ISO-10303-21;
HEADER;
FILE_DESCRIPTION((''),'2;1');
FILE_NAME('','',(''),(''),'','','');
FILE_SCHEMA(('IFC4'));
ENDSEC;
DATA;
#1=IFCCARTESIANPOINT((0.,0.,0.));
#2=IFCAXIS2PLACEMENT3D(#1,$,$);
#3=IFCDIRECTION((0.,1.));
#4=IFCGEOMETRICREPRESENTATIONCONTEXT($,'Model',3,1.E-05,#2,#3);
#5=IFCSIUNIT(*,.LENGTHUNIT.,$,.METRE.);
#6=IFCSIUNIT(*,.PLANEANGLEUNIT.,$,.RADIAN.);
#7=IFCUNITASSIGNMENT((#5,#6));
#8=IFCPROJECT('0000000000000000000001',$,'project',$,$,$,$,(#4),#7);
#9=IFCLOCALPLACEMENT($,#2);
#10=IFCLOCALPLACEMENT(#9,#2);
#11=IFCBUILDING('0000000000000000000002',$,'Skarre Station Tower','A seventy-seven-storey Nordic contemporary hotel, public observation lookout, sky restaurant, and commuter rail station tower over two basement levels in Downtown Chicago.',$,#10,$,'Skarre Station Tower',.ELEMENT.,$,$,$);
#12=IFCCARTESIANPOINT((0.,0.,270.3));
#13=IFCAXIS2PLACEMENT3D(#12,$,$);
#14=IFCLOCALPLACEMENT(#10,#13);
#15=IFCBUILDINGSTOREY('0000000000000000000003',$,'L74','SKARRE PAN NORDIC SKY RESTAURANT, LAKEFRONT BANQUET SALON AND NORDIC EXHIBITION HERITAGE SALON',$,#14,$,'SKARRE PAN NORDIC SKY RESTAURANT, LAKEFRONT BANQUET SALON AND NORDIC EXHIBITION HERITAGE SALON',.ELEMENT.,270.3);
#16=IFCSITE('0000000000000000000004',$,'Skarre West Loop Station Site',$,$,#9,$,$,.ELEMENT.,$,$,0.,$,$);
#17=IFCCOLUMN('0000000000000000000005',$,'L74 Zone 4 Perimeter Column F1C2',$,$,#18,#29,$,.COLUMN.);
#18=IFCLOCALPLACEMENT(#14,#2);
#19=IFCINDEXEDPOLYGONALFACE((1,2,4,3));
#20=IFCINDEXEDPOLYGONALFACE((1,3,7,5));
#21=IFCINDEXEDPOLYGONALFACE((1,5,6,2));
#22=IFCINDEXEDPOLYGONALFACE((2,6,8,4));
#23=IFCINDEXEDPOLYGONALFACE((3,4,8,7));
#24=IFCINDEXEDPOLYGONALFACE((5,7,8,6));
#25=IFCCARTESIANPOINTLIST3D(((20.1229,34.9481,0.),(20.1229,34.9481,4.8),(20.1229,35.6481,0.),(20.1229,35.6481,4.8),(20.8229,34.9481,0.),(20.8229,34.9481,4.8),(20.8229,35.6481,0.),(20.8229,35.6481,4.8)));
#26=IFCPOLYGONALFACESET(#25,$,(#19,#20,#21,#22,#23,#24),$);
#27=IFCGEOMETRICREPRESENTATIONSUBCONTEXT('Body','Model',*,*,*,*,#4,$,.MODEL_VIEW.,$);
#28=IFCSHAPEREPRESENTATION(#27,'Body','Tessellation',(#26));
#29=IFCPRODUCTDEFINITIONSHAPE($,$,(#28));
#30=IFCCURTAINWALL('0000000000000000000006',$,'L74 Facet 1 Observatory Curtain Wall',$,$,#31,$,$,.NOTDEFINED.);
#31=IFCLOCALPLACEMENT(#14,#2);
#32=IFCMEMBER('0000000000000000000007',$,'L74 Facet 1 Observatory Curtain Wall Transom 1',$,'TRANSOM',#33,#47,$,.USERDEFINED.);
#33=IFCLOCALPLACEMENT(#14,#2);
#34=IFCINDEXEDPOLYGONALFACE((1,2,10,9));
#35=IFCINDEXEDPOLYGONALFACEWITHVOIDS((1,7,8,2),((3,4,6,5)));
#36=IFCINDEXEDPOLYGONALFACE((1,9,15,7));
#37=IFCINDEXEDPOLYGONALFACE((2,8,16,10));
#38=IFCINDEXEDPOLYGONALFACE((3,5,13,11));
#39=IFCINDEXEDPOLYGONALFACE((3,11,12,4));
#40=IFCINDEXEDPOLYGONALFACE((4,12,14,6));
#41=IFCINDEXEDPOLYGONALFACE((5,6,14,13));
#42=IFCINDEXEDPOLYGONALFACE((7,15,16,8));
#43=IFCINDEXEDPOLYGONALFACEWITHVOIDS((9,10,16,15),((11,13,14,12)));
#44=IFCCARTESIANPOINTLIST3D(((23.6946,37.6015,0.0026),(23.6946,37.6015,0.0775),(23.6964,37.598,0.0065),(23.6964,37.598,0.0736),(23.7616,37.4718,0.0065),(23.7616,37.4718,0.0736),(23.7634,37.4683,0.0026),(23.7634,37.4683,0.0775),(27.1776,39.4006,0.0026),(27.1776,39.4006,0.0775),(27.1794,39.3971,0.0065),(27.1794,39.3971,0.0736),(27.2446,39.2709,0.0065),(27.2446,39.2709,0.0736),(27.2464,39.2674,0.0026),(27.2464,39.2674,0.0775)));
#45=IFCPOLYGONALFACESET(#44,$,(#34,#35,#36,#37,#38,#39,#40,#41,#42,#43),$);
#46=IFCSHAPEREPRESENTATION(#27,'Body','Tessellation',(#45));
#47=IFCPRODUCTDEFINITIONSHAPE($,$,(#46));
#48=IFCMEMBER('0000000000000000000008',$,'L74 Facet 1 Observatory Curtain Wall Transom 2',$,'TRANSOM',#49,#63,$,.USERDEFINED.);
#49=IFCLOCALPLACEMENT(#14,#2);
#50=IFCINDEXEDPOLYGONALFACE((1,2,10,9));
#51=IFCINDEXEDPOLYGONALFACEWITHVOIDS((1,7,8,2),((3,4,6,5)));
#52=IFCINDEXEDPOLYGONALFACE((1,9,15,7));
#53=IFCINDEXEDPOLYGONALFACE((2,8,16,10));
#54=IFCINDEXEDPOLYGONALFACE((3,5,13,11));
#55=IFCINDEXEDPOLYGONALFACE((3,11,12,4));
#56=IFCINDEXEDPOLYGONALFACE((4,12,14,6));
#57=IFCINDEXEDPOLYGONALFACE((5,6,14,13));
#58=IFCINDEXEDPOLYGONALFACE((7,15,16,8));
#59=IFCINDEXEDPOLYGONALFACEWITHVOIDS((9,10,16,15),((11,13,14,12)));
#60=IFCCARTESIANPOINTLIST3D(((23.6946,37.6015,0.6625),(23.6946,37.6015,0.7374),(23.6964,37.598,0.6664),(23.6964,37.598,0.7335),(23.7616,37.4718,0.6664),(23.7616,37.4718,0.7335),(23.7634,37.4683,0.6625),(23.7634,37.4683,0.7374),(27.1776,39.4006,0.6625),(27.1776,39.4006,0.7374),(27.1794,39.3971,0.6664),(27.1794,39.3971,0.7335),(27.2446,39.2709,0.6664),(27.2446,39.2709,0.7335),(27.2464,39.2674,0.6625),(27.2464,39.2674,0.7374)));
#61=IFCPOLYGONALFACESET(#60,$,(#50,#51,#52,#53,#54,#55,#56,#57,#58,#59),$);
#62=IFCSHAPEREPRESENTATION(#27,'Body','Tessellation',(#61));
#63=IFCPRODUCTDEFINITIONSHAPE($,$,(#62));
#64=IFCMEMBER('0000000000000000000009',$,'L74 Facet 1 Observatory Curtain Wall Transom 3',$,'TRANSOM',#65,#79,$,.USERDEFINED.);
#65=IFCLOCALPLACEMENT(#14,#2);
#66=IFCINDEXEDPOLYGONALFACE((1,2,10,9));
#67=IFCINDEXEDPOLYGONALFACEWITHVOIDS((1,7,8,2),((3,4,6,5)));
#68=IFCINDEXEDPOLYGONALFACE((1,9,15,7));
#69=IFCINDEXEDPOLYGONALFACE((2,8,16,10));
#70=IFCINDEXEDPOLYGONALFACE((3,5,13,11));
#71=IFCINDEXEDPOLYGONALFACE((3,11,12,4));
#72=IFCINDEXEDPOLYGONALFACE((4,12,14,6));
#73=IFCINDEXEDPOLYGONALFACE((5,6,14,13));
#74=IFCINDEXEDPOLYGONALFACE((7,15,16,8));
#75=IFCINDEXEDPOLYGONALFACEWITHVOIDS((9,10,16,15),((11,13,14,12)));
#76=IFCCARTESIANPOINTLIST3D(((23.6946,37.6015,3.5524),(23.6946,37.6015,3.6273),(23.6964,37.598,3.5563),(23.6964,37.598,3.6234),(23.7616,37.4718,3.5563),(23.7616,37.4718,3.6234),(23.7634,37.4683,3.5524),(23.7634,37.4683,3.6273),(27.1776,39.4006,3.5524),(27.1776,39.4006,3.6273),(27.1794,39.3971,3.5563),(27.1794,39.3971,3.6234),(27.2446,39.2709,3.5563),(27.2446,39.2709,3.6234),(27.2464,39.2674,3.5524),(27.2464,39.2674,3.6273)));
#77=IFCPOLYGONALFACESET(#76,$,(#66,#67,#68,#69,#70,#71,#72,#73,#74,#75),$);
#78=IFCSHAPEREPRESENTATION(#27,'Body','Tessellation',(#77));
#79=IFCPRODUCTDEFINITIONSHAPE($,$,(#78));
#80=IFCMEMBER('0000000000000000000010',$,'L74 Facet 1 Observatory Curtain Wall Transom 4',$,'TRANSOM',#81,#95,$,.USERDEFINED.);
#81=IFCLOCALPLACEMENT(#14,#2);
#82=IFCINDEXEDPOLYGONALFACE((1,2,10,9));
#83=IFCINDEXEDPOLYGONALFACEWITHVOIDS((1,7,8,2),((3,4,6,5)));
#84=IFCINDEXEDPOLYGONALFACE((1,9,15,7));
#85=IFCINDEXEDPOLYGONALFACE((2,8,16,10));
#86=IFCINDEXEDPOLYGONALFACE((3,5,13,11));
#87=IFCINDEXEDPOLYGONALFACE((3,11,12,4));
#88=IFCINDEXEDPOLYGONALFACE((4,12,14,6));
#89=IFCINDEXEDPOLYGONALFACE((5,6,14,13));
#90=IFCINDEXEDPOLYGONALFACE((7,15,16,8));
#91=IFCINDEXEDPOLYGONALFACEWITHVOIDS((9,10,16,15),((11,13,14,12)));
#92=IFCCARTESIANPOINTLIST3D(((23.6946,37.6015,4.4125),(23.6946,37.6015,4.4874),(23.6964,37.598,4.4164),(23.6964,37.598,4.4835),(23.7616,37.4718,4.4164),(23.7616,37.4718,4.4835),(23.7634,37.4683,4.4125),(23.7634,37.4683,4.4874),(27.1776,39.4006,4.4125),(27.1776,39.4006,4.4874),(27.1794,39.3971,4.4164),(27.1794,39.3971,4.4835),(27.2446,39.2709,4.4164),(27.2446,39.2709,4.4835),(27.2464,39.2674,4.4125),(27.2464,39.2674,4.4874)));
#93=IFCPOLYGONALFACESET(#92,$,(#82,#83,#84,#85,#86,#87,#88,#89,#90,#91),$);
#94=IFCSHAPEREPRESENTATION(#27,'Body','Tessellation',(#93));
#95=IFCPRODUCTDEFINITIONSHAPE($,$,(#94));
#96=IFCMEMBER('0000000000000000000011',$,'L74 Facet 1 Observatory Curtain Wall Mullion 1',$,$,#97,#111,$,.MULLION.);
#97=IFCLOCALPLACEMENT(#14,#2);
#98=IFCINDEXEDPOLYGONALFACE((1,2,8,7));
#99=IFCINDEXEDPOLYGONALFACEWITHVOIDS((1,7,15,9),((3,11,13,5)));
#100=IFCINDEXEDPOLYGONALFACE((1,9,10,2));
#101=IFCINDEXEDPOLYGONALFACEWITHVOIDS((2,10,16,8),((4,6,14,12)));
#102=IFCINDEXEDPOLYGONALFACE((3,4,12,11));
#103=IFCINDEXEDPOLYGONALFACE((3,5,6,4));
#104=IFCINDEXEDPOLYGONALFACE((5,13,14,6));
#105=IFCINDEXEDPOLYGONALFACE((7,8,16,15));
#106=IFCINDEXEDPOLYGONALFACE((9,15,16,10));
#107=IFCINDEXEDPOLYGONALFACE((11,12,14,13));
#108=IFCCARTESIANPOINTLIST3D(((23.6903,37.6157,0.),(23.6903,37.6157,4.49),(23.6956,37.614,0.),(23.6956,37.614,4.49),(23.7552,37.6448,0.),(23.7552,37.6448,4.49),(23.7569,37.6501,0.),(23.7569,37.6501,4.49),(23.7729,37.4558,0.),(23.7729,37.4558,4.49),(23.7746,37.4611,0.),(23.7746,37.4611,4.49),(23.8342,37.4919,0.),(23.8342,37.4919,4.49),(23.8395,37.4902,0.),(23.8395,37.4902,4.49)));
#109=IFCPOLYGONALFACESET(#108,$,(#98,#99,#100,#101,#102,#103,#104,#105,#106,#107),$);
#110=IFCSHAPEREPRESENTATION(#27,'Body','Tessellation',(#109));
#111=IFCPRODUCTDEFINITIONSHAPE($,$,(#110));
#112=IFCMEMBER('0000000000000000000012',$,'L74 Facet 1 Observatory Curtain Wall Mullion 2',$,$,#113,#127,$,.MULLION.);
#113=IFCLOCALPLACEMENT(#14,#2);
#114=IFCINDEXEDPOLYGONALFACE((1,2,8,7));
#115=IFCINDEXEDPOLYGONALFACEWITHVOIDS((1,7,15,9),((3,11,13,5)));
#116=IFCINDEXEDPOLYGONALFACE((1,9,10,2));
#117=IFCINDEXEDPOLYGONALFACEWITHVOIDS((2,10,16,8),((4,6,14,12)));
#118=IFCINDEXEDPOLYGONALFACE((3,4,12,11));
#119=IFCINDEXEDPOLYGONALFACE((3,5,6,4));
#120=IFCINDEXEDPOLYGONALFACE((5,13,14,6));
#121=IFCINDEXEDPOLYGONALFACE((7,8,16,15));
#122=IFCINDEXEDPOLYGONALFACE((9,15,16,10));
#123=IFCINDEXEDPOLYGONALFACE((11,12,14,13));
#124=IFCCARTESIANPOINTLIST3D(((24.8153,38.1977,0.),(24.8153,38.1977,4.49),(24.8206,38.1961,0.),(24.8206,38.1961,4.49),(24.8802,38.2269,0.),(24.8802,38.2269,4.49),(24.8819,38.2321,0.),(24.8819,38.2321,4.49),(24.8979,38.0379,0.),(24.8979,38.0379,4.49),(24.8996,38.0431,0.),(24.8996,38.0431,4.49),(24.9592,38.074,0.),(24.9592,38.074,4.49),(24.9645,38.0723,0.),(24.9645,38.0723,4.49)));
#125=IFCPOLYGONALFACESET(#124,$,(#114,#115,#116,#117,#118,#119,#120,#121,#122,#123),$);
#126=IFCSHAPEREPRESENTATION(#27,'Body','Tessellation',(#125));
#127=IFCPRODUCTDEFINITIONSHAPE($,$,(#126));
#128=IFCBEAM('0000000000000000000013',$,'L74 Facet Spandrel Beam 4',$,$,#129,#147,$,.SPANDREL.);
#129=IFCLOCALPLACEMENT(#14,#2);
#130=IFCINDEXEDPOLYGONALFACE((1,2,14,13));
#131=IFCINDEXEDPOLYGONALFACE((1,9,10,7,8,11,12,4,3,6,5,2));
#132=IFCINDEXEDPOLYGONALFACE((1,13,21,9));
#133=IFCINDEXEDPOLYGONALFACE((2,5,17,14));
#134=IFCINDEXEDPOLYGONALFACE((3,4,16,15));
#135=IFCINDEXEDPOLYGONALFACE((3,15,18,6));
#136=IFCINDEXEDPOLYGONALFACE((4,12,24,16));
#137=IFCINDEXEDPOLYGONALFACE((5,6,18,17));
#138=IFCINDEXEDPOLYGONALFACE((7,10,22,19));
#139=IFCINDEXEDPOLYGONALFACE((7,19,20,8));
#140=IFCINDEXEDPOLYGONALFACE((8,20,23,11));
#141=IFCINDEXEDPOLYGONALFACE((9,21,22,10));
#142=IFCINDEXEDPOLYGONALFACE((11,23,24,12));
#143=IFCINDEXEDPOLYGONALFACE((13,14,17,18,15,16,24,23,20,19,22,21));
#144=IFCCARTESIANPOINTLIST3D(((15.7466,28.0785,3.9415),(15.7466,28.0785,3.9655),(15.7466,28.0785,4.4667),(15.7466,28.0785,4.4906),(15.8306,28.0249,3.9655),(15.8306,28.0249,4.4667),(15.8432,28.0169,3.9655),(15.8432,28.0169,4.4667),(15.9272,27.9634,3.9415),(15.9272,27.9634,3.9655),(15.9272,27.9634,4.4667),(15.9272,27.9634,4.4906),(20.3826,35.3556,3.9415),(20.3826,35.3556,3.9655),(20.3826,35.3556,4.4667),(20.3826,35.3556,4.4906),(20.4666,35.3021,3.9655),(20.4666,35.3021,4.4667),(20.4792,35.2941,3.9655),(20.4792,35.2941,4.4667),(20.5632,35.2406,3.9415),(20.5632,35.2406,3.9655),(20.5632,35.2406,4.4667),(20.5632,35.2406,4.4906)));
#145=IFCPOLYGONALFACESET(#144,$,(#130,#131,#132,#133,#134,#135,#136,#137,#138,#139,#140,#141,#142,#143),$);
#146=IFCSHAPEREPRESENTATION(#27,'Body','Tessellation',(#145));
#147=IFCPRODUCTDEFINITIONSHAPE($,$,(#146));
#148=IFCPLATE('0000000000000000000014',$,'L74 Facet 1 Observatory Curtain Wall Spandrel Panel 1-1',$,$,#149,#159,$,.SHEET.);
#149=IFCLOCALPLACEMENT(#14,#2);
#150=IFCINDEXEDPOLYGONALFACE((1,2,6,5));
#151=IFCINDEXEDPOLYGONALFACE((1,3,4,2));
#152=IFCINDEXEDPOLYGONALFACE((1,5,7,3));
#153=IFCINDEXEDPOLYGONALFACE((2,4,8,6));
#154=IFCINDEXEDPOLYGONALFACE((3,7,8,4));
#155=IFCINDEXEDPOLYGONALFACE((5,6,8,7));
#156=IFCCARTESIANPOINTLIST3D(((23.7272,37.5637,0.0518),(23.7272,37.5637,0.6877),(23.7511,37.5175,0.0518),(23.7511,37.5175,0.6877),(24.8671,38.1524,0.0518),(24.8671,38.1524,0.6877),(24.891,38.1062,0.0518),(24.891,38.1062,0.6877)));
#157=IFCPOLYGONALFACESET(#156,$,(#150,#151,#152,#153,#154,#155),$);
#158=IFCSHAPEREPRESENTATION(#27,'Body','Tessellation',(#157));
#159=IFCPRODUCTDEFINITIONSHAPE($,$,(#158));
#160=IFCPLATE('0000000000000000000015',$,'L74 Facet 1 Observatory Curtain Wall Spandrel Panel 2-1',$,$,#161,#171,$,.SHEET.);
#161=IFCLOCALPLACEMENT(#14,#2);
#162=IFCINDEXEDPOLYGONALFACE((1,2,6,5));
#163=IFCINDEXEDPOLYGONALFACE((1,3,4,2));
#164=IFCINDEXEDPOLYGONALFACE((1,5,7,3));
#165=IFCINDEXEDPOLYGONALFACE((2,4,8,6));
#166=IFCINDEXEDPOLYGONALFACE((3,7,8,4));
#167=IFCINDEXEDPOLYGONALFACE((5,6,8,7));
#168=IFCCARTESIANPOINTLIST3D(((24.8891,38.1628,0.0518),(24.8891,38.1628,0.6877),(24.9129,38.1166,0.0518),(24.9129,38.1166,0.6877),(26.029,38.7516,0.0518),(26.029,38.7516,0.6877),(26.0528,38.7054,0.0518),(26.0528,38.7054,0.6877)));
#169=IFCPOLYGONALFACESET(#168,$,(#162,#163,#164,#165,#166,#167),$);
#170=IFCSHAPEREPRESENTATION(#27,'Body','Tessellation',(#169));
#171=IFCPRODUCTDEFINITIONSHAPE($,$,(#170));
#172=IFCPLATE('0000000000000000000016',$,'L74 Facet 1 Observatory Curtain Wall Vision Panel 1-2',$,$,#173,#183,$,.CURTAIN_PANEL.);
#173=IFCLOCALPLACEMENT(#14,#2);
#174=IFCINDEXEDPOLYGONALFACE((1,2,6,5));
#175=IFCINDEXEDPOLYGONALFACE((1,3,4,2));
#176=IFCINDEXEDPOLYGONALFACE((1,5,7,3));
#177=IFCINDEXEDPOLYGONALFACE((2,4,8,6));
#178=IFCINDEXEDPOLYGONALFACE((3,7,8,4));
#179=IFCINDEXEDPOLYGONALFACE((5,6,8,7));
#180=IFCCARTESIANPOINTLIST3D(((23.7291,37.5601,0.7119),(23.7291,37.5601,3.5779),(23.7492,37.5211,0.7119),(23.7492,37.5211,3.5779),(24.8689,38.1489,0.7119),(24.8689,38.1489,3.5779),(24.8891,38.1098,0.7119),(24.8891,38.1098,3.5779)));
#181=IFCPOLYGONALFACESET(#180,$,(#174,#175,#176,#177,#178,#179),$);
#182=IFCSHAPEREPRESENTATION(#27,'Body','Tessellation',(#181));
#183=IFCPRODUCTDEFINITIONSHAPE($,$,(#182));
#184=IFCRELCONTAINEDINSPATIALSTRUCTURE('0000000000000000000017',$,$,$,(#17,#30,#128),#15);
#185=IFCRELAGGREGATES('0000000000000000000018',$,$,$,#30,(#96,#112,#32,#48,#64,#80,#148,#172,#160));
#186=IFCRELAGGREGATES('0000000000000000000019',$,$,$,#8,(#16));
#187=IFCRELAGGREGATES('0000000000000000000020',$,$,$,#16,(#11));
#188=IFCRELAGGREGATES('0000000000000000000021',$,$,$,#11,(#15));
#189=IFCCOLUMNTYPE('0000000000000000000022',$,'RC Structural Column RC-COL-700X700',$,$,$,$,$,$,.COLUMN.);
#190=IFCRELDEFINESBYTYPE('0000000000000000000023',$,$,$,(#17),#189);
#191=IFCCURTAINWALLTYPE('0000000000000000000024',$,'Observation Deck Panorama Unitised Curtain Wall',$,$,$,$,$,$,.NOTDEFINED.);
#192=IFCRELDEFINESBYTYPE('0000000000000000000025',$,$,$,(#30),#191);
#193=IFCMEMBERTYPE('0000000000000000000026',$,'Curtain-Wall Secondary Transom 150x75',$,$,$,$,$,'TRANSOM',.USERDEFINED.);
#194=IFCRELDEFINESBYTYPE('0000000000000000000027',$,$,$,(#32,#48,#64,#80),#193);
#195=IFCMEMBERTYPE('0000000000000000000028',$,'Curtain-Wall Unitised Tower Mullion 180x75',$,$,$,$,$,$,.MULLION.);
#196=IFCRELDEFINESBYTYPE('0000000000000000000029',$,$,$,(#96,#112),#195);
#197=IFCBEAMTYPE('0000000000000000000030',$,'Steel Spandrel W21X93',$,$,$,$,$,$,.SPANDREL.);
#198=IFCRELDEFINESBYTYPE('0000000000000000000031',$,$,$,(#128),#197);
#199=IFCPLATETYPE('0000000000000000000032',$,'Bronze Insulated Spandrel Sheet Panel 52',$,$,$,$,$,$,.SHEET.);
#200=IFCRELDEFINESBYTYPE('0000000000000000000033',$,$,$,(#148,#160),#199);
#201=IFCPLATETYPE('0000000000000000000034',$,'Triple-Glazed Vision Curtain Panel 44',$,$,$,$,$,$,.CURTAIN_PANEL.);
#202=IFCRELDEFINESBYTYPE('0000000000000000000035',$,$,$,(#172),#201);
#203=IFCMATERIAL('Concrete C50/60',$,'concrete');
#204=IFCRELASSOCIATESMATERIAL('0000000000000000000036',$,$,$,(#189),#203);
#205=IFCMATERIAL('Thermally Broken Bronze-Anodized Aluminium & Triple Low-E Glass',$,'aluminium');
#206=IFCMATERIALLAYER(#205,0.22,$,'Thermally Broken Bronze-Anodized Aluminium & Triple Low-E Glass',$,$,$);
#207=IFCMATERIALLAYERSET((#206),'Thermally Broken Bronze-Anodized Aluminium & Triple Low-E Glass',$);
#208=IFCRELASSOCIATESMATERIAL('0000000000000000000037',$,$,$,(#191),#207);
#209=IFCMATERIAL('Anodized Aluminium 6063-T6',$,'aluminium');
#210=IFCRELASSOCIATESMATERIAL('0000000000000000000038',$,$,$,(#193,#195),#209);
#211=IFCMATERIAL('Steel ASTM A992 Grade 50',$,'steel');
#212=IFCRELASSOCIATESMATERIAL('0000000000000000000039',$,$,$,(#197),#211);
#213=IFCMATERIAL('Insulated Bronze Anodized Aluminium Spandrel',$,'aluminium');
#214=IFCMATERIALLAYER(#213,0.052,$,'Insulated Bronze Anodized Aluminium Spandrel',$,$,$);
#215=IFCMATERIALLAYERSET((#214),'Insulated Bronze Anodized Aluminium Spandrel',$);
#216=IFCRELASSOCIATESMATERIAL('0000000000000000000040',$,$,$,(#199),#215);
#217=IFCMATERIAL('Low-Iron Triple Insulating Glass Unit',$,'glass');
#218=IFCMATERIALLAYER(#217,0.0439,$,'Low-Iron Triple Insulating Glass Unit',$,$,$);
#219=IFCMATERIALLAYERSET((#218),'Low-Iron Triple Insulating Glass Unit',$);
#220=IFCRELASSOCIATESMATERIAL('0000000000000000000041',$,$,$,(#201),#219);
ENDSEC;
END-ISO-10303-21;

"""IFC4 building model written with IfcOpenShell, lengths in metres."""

from ifc_helpers import new_model, si_unit, direction, frame, origin, origin_2d, place, context, subcontext, project, spatial, rectangle, hollow_rectangle, i_section, extrude, material, layer, layer_set, material_profile, profile_set, type_object, element, aggregate, save


model = new_model("IFC4")

# Units and contexts
model_context = context("Model", 3, precision=1e-05, world=origin(), true_north=direction((0.0, 1.0)))
body_context = subcontext(model_context, "Body", "Model", "MODEL_VIEW")
ifc_project = project(units=[si_unit("LENGTHUNIT", "METRE"), si_unit("PLANEANGLEUNIT", "RADIAN")], contexts=[model_context])

# Site, building, storey
site_placement = place(None, origin())
site = spatial("IfcSite", under=ifc_project, at=site_placement, Name="Skarre West Loop Station Site", CompositionType="ELEMENT", RefElevation=0.0)
building_placement = place(site_placement, origin())
building = spatial("IfcBuilding", under=site, at=building_placement, Name="Skarre Station Tower", Description="A seventy-seven-storey Nordic contemporary hotel, public observation lookout, sky restaurant, and commuter rail station tower over two basement levels in Downtown Chicago.", LongName="Skarre Station Tower", CompositionType="ELEMENT")
storey_placement = place(building_placement, frame((0.0, 0.0, 270.3)))
storey = spatial("IfcBuildingStorey", under=building, at=storey_placement, Name="L74", Description="SKARRE PAN NORDIC SKY RESTAURANT, LAKEFRONT BANQUET SALON AND NORDIC EXHIBITION HERITAGE SALON", LongName="SKARRE PAN NORDIC SKY RESTAURANT, LAKEFRONT BANQUET SALON AND NORDIC EXHIBITION HERITAGE SALON", CompositionType="ELEMENT", Elevation=270.3)

# Column
ifc_material_1 = material(Name="Concrete C50/60", Category="concrete")
ifc_material_profile_1 = material_profile(ifc_material_1, rectangle(XDim=0.7, YDim=0.7, at=origin_2d()), Name="Concrete C50/60")
ifc_profile_set_1 = profile_set([ifc_material_profile_1], Name="Concrete C50/60")
column_type = type_object("IfcColumnType", Name="RC Structural Column RC-COL-700X700", PredefinedType="COLUMN", material=ifc_profile_set_1)
column_placement = place(storey_placement, frame((20.4729, 35.2981, 0.0), z_axis=(0.0, 0.0, 1.0), x_axis=(1.0, 0.0, 0.0)))
element("IfcColumn", 1, at=column_placement, inside=storey, type_object=column_type, Name="L74 Zone 4 Perimeter Column F1C2", PredefinedType="COLUMN", context=body_context, shape_type="SweptSolid", body=[
    extrude(rectangle(XDim=0.7, YDim=0.7, at=origin_2d()), origin(), (0.0, 0.0, 1.0), 4.8),
])

# Curtain wall, members
ifc_material_2 = material(Name="Thermally Broken Bronze-Anodized Aluminium & Triple Low-E Glass", Category="aluminium")
ifc_layer_1 = layer(ifc_material_2, 0.22, Name="Thermally Broken Bronze-Anodized Aluminium & Triple Low-E Glass")
ifc_layer_set_1 = layer_set([ifc_layer_1], Name="Thermally Broken Bronze-Anodized Aluminium & Triple Low-E Glass")
curtain_wall_type = type_object("IfcCurtainWallType", Name="Observation Deck Panorama Unitised Curtain Wall", PredefinedType="NOTDEFINED", material=ifc_layer_set_1)
curtain_wall_placement = place(storey_placement, origin())
curtain_wall = element("IfcCurtainWall", 2, at=curtain_wall_placement, inside=storey, type_object=curtain_wall_type, Name="L74 Facet 1 Observatory Curtain Wall", PredefinedType="NOTDEFINED")
ifc_material_3 = material(Name="Anodized Aluminium 6063-T6", Category="aluminium")
ifc_material_profile_2 = material_profile(ifc_material_3, hollow_rectangle(XDim=0.075, YDim=0.1499, WallThickness=0.0039, at=origin_2d()), Name="Anodized Aluminium 6063-T6")
ifc_profile_set_2 = profile_set([ifc_material_profile_2], Name="Anodized Aluminium 6063-T6")
member_type_1 = type_object("IfcMemberType", Name="Curtain-Wall Secondary Transom 150x75", ElementType="TRANSOM", PredefinedType="USERDEFINED", material=ifc_profile_set_2)
member_1_placement = place(storey_placement, frame((23.729, 37.5349, 0.04), z_axis=(0.888471, 0.458933, 0.0), x_axis=(0.0, 0.0, 1.0)))
member_1 = element("IfcMember", 3, at=member_1_placement, type_object=member_type_1, Name="L74 Facet 1 Observatory Curtain Wall Transom 1", ObjectType="TRANSOM", PredefinedType="USERDEFINED", context=body_context, shape_type="SweptSolid", body=[
    extrude(hollow_rectangle(XDim=0.075, YDim=0.1499, WallThickness=0.0039, at=origin_2d()), origin(), (0.0, 0.0, 1.0), 3.9202),
])
member_2_placement = place(storey_placement, frame((23.729, 37.5349, 0.7), z_axis=(0.888471, 0.458933, 0.0), x_axis=(0.0, 0.0, 1.0)))
member_2 = element("IfcMember", 4, at=member_2_placement, type_object=member_type_1, Name="L74 Facet 1 Observatory Curtain Wall Transom 2", ObjectType="TRANSOM", PredefinedType="USERDEFINED", context=body_context, shape_type="SweptSolid", body=[
    extrude(hollow_rectangle(XDim=0.075, YDim=0.1499, WallThickness=0.0039, at=origin_2d()), origin(), (0.0, 0.0, 1.0), 3.9202),
])
member_3_placement = place(storey_placement, frame((23.729, 37.5349, 3.5898), z_axis=(0.888471, 0.458933, 0.0), x_axis=(0.0, 0.0, 1.0)))
member_3 = element("IfcMember", 5, at=member_3_placement, type_object=member_type_1, Name="L74 Facet 1 Observatory Curtain Wall Transom 3", ObjectType="TRANSOM", PredefinedType="USERDEFINED", context=body_context, shape_type="SweptSolid", body=[
    extrude(hollow_rectangle(XDim=0.075, YDim=0.1499, WallThickness=0.0039, at=origin_2d()), origin(), (0.0, 0.0, 1.0), 3.9202),
])
member_4_placement = place(storey_placement, frame((23.729, 37.5349, 4.45), z_axis=(0.888471, 0.458933, 0.0), x_axis=(0.0, 0.0, 1.0)))
member_4 = element("IfcMember", 6, at=member_4_placement, type_object=member_type_1, Name="L74 Facet 1 Observatory Curtain Wall Transom 4", ObjectType="TRANSOM", PredefinedType="USERDEFINED", context=body_context, shape_type="SweptSolid", body=[
    extrude(hollow_rectangle(XDim=0.075, YDim=0.1499, WallThickness=0.0039, at=origin_2d()), origin(), (0.0, 0.0, 1.0), 3.9202),
])
ifc_material_profile_3 = material_profile(ifc_material_3, hollow_rectangle(XDim=0.075, YDim=0.1799, WallThickness=0.0039, at=origin_2d()), Name="Anodized Aluminium 6063-T6")
ifc_profile_set_3 = profile_set([ifc_material_profile_3], Name="Anodized Aluminium 6063-T6")
member_type_2 = type_object("IfcMemberType", Name="Curtain-Wall Unitised Tower Mullion 180x75", PredefinedType="MULLION", material=ifc_profile_set_3)
member_5_placement = place(storey_placement, frame((23.7649, 37.553, 0.0), z_axis=(0.0, 0.0, 1.0), x_axis=(0.888481, 0.458913, 0.0)))
member_5 = element("IfcMember", 7, at=member_5_placement, type_object=member_type_2, Name="L74 Facet 1 Observatory Curtain Wall Mullion 1", PredefinedType="MULLION", context=body_context, shape_type="SweptSolid", body=[
    extrude(hollow_rectangle(XDim=0.075, YDim=0.1799, WallThickness=0.0039, at=origin_2d()), origin(), (0.0, 0.0, 1.0), 4.49),
])
member_6_placement = place(storey_placement, frame((24.8899, 38.135, 0.0), z_axis=(0.0, 0.0, 1.0), x_axis=(0.888481, 0.458913, 0.0)))
member_6 = element("IfcMember", 8, at=member_6_placement, type_object=member_type_2, Name="L74 Facet 1 Observatory Curtain Wall Mullion 2", PredefinedType="MULLION", context=body_context, shape_type="SweptSolid", body=[
    extrude(hollow_rectangle(XDim=0.075, YDim=0.1799, WallThickness=0.0039, at=origin_2d()), origin(), (0.0, 0.0, 1.0), 4.49),
])

# Beam
ifc_material_4 = material(Name="Steel ASTM A992 Grade 50", Category="steel")
ifc_material_profile_4 = material_profile(ifc_material_4, i_section(OverallWidth=0.2141, OverallDepth=0.5491, WebThickness=0.0149, FlangeThickness=0.0239, at=origin_2d()), Name="Steel ASTM A992 Grade 50")
ifc_profile_set_4 = profile_set([ifc_material_profile_4], Name="Steel ASTM A992 Grade 50")
beam_type = type_object("IfcBeamType", Name="Steel Spandrel W21X93", PredefinedType="SPANDREL", material=ifc_profile_set_4)
beam_placement = place(storey_placement, frame((20.4729, 35.2981, 4.2161), z_axis=(-0.537297, -0.843393, 0.0), x_axis=(0.843393, -0.537297, 0.0)))
element("IfcBeam", 9, at=beam_placement, inside=storey, type_object=beam_type, Name="L74 Facet Spandrel Beam 4", PredefinedType="SPANDREL", context=body_context, shape_type="SweptSolid", body=[
    extrude(i_section(OverallWidth=0.2141, OverallDepth=0.5491, WebThickness=0.0149, FlangeThickness=0.0239, at=origin_2d()), origin(), (0.0, 0.0, 1.0), 8.6284),
])

# Plates
ifc_material_5 = material(Name="Insulated Bronze Anodized Aluminium Spandrel", Category="aluminium")
ifc_layer_2 = layer(ifc_material_5, 0.052, Name="Insulated Bronze Anodized Aluminium Spandrel")
ifc_layer_set_2 = layer_set([ifc_layer_2], Name="Insulated Bronze Anodized Aluminium Spandrel")
plate_type_1 = type_object("IfcPlateType", Name="Bronze Insulated Spandrel Sheet Panel 52", PredefinedType="SHEET", material=ifc_layer_set_2)
plate_1_placement = place(storey_placement, frame((24.3091, 37.835, 0.0518), z_axis=(0.0, 0.0, 1.0), x_axis=(0.888481, 0.458913, 0.0)))
plate_1 = element("IfcPlate", 10, at=plate_1_placement, type_object=plate_type_1, Name="L74 Facet 1 Observatory Curtain Wall Spandrel Panel 1-1", PredefinedType="SHEET", context=body_context, shape_type="SweptSolid", body=[
    extrude(rectangle(XDim=1.283, YDim=0.052, at=origin_2d()), origin(), (0.0, 0.0, 1.0), 0.636),
])
plate_2_placement = place(storey_placement, frame((25.4709, 38.4341, 0.0518), z_axis=(0.0, 0.0, 1.0), x_axis=(0.888481, 0.458913, 0.0)))
plate_2 = element("IfcPlate", 11, at=plate_2_placement, type_object=plate_type_1, Name="L74 Facet 1 Observatory Curtain Wall Spandrel Panel 2-1", PredefinedType="SHEET", context=body_context, shape_type="SweptSolid", body=[
    extrude(rectangle(XDim=1.283, YDim=0.052, at=origin_2d()), origin(), (0.0, 0.0, 1.0), 0.636),
])
ifc_material_6 = material(Name="Low-Iron Triple Insulating Glass Unit", Category="glass")
ifc_layer_3 = layer(ifc_material_6, 0.0439, Name="Low-Iron Triple Insulating Glass Unit")
ifc_layer_set_3 = layer_set([ifc_layer_3], Name="Low-Iron Triple Insulating Glass Unit")
plate_type_2 = type_object("IfcPlateType", Name="Triple-Glazed Vision Curtain Panel 44", PredefinedType="CURTAIN_PANEL", material=ifc_layer_set_3)
plate_3_placement = place(storey_placement, frame((24.3091, 37.835, 0.7119), z_axis=(0.0, 0.0, 1.0), x_axis=(0.888481, 0.458913, 0.0)))
plate_3 = element("IfcPlate", 12, at=plate_3_placement, type_object=plate_type_2, Name="L74 Facet 1 Observatory Curtain Wall Vision Panel 1-2", PredefinedType="CURTAIN_PANEL", context=body_context, shape_type="SweptSolid", body=[
    extrude(rectangle(XDim=1.283, YDim=0.0439, at=origin_2d()), origin(), (0.0, 0.0, 1.0), 2.866),
])
aggregate(curtain_wall, [member_5, member_6, member_1, member_2, member_3, member_4, plate_1, plate_3, plate_2])

save(model, "model.ifc")
